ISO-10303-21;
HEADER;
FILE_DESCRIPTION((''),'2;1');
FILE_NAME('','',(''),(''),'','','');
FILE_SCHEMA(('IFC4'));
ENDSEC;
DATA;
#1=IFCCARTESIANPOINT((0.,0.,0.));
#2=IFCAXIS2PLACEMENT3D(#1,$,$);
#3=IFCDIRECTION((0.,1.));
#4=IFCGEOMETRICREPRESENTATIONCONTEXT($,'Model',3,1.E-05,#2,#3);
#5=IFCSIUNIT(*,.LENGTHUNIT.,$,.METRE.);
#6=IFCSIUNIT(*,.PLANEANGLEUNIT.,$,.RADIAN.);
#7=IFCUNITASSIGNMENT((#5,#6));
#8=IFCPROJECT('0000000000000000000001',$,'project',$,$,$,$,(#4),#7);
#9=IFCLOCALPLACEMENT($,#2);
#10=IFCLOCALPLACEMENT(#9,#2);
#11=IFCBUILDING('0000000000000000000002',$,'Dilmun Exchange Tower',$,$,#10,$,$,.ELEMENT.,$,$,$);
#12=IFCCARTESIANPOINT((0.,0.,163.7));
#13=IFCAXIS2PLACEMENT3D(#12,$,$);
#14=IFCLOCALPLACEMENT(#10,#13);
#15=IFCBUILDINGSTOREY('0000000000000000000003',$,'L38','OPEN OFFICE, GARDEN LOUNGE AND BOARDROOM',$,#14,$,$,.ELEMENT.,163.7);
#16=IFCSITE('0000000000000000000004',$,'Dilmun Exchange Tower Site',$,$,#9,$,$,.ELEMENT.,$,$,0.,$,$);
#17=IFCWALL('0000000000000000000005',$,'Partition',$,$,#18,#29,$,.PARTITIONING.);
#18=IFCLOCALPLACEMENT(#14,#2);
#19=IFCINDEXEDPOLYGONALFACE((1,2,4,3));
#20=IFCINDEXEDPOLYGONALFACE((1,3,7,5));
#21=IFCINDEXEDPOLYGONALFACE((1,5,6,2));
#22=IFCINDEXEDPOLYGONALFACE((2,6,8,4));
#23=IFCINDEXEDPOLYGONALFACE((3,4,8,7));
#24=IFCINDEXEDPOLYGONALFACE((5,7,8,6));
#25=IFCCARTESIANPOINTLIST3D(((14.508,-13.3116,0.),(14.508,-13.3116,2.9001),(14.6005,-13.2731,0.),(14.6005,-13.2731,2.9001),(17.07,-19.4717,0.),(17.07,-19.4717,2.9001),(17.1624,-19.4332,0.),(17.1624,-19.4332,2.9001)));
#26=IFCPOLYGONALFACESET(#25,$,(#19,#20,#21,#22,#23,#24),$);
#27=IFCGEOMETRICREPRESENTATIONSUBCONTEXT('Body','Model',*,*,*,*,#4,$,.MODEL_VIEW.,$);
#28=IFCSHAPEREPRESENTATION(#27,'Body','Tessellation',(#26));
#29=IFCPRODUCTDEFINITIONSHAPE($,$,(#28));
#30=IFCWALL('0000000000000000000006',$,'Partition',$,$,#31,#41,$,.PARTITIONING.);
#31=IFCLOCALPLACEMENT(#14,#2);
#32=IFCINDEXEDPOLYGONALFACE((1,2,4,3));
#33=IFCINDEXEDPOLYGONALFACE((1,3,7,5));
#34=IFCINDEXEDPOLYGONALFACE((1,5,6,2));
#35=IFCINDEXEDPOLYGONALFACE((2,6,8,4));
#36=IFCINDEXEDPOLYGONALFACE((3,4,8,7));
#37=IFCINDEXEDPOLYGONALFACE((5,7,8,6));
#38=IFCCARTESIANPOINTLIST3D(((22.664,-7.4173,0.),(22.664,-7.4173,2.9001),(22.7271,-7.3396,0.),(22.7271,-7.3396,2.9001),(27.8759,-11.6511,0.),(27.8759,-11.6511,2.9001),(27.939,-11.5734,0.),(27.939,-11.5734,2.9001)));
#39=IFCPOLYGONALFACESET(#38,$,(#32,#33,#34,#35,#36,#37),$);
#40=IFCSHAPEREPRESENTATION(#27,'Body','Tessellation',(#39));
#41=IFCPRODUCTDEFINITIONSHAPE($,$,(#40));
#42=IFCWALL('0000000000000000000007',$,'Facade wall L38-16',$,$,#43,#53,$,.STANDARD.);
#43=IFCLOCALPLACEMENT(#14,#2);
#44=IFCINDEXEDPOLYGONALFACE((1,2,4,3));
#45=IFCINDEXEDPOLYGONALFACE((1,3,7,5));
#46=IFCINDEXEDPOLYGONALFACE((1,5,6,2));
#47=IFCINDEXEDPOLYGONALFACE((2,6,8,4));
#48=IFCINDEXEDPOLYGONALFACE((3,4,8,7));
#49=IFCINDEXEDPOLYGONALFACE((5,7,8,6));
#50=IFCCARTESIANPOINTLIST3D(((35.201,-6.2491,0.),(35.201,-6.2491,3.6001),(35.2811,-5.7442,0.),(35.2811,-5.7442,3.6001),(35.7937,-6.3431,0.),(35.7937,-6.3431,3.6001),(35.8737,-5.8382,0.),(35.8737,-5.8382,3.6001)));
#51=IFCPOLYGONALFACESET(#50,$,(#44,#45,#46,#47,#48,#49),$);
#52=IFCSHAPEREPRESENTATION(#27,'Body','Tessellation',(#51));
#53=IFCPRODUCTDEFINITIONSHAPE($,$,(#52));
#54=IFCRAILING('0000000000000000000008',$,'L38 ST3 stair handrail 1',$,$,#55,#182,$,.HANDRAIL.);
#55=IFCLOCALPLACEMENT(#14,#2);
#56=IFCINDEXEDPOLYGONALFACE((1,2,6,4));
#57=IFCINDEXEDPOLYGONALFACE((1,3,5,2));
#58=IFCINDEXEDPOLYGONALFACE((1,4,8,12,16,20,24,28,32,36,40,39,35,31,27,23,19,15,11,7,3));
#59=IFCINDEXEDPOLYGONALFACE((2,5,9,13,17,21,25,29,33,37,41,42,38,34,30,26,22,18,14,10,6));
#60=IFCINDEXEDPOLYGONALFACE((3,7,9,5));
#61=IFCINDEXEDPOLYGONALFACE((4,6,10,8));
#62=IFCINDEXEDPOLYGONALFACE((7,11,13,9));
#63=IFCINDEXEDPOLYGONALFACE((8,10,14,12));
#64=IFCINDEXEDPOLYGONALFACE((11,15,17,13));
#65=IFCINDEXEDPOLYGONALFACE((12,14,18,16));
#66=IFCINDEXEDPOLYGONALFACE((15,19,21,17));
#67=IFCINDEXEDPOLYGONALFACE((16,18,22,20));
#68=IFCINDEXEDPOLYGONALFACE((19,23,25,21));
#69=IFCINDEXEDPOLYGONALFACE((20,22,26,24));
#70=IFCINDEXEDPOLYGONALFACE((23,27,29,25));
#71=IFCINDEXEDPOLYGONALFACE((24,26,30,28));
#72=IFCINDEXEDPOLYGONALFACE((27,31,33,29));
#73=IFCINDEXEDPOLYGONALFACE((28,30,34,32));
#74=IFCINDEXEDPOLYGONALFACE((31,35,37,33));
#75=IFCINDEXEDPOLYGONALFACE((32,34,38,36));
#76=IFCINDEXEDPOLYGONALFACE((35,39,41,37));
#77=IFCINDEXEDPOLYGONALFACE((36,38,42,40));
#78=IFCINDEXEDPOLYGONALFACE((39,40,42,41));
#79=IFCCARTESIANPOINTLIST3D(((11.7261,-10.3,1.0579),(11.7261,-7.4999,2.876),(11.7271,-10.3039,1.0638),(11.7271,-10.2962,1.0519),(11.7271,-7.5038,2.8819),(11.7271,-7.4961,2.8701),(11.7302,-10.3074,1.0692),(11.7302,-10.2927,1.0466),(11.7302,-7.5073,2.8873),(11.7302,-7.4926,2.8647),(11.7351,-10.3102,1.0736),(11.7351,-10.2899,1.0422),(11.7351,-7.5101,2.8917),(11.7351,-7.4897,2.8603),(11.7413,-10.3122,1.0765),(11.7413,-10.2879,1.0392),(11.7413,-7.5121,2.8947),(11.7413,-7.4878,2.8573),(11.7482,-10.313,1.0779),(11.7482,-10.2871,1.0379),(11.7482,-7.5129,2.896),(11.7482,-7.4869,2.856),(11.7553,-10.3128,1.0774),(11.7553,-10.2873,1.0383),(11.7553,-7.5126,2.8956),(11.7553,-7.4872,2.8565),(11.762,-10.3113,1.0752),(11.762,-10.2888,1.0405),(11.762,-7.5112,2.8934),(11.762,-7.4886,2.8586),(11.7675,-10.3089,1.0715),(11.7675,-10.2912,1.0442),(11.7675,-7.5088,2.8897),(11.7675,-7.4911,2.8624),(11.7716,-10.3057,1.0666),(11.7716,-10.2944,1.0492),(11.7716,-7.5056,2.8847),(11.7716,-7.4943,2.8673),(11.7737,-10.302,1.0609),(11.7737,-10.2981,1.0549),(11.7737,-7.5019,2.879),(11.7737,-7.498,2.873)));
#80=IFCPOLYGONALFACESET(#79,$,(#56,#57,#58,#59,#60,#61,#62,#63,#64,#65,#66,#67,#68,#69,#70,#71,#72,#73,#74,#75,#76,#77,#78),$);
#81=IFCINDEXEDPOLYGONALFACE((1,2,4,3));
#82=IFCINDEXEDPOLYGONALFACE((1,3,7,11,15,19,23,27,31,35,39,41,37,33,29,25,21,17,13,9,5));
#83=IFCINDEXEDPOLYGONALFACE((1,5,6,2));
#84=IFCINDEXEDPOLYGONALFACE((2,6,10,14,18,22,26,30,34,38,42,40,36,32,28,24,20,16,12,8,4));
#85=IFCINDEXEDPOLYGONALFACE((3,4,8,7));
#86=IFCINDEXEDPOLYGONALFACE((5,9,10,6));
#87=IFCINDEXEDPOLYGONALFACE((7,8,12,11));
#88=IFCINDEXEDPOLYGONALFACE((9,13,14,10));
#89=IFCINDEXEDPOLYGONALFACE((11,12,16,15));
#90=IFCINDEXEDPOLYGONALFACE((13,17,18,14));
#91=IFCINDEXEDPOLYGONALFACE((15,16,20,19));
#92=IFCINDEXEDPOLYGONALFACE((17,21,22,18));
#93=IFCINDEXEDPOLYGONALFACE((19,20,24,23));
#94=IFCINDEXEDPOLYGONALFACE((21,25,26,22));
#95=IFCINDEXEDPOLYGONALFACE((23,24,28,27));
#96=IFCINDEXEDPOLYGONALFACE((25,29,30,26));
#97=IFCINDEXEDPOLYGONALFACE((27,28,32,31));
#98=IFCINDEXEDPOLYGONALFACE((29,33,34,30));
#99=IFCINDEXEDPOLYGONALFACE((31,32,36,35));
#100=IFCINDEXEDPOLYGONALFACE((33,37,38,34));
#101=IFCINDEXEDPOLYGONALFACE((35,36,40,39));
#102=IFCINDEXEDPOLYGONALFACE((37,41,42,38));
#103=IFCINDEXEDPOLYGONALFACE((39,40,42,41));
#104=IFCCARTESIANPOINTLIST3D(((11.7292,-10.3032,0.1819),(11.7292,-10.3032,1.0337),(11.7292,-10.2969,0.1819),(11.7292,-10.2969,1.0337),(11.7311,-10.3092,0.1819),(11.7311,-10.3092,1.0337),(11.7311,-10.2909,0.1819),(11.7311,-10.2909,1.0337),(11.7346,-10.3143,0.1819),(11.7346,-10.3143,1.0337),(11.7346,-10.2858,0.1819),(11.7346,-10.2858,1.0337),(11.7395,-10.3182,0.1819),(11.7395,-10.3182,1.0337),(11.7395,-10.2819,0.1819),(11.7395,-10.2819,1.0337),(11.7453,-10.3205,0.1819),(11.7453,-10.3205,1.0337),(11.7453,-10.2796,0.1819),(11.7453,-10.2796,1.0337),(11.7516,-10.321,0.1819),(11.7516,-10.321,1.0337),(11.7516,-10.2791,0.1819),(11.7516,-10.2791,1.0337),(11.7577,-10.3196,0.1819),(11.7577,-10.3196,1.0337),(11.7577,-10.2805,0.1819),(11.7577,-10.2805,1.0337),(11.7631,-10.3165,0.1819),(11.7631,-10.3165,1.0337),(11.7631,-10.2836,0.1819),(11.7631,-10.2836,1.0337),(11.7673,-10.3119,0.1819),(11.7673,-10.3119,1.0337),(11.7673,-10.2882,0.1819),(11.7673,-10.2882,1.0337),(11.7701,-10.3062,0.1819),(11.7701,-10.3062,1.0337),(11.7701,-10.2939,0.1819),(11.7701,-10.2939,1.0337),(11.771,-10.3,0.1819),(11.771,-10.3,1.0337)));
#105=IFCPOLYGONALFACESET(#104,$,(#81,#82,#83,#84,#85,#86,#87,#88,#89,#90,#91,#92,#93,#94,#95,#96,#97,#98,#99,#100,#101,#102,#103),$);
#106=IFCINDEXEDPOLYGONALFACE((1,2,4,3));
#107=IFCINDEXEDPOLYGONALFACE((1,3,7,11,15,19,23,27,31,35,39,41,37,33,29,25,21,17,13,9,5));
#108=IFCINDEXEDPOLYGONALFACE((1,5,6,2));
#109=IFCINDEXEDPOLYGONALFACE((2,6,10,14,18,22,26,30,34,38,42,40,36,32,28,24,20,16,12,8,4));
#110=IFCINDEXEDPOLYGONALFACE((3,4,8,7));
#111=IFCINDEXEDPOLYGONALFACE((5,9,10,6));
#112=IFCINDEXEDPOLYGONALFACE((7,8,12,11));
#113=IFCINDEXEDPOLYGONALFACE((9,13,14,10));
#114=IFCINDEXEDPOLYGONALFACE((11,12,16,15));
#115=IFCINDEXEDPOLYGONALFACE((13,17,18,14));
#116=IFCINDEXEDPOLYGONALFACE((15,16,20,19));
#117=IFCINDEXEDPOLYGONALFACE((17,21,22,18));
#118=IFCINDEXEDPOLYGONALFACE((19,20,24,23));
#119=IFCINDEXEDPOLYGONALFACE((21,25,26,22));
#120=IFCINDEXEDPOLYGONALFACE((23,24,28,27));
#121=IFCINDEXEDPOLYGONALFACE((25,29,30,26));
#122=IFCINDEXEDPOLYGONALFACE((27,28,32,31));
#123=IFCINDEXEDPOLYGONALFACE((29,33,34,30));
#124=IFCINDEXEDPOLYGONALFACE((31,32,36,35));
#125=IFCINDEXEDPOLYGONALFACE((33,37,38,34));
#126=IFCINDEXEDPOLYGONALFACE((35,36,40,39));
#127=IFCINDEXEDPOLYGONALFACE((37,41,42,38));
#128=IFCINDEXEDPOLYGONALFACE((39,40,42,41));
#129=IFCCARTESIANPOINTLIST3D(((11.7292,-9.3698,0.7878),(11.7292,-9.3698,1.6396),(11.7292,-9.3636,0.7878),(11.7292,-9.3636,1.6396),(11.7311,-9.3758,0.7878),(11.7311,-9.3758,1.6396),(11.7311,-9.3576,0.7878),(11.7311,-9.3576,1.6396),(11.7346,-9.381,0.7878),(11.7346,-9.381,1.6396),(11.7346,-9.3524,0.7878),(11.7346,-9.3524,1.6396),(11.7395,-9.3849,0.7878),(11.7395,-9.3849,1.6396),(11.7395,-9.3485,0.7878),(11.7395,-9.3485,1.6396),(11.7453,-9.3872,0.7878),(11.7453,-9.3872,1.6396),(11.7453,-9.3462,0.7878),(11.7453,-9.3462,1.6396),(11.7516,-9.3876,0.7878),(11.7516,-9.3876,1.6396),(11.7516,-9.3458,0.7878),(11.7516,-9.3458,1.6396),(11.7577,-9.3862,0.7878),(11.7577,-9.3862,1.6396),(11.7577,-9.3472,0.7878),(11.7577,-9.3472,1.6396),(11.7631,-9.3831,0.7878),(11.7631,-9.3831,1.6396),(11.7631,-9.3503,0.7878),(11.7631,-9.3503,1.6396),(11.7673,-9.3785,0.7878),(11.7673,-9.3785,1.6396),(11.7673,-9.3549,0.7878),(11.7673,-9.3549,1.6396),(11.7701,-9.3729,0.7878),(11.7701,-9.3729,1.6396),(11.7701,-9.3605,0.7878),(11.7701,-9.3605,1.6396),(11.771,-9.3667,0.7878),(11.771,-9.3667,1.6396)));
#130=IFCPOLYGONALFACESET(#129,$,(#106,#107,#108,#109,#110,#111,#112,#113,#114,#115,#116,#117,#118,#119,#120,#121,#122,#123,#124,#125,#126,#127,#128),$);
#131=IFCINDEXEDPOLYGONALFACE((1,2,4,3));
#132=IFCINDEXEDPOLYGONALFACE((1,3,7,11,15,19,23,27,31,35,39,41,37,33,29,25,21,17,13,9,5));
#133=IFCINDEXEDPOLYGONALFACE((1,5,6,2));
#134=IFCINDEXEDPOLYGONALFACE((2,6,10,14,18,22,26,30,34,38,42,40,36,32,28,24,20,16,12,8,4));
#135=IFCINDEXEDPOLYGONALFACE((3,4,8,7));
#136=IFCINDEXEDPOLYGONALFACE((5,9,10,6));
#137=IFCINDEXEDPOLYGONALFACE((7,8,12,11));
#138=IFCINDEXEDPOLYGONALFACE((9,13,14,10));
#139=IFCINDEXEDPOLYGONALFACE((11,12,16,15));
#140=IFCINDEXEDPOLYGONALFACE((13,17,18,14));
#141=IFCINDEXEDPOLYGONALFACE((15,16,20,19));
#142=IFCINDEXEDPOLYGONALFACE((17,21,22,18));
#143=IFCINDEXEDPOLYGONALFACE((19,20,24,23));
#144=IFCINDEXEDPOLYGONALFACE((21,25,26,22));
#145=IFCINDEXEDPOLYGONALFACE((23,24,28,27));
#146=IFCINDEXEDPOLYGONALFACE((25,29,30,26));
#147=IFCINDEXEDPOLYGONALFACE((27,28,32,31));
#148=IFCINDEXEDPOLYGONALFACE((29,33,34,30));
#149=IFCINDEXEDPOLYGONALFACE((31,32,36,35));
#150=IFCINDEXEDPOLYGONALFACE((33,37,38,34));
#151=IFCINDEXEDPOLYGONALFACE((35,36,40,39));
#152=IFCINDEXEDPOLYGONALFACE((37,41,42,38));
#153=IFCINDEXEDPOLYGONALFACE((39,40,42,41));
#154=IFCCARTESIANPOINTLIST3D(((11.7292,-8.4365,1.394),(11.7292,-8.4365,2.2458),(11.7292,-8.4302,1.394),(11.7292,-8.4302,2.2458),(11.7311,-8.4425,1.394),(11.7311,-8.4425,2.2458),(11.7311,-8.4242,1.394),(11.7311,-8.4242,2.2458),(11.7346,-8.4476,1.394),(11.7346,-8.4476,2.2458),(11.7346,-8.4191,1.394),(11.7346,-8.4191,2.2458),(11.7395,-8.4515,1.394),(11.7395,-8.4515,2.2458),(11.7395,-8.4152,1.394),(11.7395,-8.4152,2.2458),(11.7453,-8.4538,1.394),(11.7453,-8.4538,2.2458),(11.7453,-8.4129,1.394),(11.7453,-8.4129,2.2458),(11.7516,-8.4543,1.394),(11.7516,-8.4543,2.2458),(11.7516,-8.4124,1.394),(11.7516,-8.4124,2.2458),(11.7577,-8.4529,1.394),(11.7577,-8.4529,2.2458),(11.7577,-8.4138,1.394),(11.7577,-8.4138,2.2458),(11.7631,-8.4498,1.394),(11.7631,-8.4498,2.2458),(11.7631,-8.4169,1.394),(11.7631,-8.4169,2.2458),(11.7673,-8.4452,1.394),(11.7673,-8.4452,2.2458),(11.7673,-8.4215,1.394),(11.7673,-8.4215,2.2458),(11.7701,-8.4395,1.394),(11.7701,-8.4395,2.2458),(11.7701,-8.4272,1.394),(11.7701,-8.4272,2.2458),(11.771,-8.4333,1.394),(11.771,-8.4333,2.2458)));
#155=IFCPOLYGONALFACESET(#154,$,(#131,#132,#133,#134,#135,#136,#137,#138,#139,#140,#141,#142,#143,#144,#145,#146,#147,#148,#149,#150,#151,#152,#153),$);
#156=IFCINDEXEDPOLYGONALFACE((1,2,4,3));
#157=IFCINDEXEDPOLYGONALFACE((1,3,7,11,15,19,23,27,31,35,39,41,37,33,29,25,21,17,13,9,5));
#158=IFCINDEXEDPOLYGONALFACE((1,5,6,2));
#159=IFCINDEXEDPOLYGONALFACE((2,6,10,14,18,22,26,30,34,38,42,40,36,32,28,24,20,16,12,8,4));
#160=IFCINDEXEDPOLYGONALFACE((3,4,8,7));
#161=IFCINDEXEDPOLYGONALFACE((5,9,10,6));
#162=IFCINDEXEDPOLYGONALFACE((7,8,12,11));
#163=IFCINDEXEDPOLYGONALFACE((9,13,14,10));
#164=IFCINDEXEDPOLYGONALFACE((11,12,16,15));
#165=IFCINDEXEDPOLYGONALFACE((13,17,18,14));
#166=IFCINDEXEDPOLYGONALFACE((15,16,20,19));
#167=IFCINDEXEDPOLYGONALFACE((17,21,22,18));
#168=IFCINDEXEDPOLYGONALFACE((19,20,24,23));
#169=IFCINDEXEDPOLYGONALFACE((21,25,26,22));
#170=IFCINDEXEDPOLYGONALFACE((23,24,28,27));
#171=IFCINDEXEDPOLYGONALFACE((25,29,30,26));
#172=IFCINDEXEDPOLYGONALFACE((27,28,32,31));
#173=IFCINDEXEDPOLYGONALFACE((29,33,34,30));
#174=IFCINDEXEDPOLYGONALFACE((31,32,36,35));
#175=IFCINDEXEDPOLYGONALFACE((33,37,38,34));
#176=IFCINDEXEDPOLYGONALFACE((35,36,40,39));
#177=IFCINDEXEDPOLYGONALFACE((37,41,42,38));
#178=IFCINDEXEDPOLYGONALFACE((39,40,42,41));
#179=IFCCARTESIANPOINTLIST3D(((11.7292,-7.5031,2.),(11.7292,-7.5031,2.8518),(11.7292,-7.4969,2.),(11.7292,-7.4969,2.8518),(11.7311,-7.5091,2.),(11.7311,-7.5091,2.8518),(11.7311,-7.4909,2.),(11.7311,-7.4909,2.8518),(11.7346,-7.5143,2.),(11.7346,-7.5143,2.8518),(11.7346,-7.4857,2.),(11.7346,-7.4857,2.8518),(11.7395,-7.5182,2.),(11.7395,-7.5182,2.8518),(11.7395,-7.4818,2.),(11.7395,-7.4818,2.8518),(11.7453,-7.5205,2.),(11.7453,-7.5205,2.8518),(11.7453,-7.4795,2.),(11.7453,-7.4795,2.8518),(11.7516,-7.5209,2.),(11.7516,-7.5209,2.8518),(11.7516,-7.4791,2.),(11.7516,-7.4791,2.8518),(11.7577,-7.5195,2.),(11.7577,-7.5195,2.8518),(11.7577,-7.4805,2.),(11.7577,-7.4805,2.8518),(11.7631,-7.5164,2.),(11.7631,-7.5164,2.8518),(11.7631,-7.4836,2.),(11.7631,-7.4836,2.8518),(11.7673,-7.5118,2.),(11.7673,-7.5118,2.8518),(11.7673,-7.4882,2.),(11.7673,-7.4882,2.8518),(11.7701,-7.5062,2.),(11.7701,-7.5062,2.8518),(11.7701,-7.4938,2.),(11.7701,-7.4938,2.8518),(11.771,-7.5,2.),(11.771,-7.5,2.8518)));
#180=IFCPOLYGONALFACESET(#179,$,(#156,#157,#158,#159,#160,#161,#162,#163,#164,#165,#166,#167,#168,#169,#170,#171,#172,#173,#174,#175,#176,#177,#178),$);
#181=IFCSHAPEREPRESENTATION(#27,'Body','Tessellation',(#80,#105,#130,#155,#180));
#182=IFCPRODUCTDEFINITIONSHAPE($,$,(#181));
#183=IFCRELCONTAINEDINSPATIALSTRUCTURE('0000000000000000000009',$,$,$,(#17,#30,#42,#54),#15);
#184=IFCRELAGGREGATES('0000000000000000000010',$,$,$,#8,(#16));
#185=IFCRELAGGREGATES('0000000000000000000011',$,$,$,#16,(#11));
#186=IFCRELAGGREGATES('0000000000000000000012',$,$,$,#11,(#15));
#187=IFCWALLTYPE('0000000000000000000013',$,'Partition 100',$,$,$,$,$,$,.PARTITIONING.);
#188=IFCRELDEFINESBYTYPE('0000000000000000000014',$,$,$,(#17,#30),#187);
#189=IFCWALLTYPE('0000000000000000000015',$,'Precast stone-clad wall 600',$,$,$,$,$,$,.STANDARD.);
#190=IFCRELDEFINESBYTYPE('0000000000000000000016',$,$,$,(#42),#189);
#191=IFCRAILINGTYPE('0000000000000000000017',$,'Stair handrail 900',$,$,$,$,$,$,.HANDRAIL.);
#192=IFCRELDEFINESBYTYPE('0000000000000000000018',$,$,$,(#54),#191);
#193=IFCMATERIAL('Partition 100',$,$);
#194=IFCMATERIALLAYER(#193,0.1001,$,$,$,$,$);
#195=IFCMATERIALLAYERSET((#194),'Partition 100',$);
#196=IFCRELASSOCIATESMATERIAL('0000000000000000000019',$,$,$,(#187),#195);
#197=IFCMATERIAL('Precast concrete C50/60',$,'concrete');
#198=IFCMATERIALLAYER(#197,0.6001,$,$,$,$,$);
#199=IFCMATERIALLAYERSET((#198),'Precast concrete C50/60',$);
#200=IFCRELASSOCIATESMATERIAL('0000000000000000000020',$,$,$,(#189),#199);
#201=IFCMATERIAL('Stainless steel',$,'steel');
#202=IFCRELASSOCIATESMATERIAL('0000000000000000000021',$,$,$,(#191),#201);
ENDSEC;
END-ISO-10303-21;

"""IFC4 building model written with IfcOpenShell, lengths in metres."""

from ifc_helpers import new_model, si_unit, direction, frame, frame_2d, origin, origin_2d, place, context, subcontext, project, spatial, rectangle, circle, extrude, material, layer, layer_set, type_object, element, save


model = new_model("IFC4")

# Units and contexts
model_context = context("Model", 3, precision=1e-05, world=origin(), true_north=direction((0.0, 1.0)))
body_context = subcontext(model_context, "Body", "Model", "MODEL_VIEW")
ifc_project = project(units=[si_unit("LENGTHUNIT", "METRE"), si_unit("PLANEANGLEUNIT", "RADIAN")], contexts=[model_context])

# Site, building, storey
site_placement = place(None, origin())
site = spatial("IfcSite", under=ifc_project, at=site_placement, Name="Dilmun Exchange Tower Site", CompositionType="ELEMENT", RefElevation=0.0)
building_placement = place(site_placement, origin())
building = spatial("IfcBuilding", under=site, at=building_placement, Name="Dilmun Exchange Tower", CompositionType="ELEMENT")
storey_placement = place(building_placement, frame((0.0, 0.0, 163.7)))
storey = spatial("IfcBuildingStorey", under=building, at=storey_placement, Name="L38", Description="OPEN OFFICE, GARDEN LOUNGE AND BOARDROOM", CompositionType="ELEMENT", Elevation=163.7)

# Walls
ifc_material_1 = material(Name="Partition 100")
ifc_layer_1 = layer(ifc_material_1, 0.1001)
ifc_layer_set_1 = layer_set([ifc_layer_1], Name="Partition 100")
wall_type_1 = type_object("IfcWallType", Name="Partition 100", PredefinedType="PARTITIONING", material=ifc_layer_set_1)
wall_1_placement = place(storey_placement, frame((14.5542, -13.2922, 0.0), z_axis=(0.0, 0.0, 1.0), x_axis=(0.384012, -0.923328, 0.0)))
element("IfcWall", 1, at=wall_1_placement, inside=storey, type_object=wall_type_1, Name="Partition", PredefinedType="PARTITIONING", context=body_context, shape_type="SweptSolid", body=[
    extrude(rectangle(XDim=6.6716, YDim=0.1001, at=frame_2d((3.3359, 0.0))), origin(), (0.0, 0.0, 1.0), 2.9001),
])
wall_2_placement = place(storey_placement, frame((22.6956, -7.3784, 0.0), z_axis=(0.0, 0.0, 1.0), x_axis=(0.776172, -0.630521, 0.0)))
element("IfcWall", 2, at=wall_2_placement, inside=storey, type_object=wall_type_1, Name="Partition", PredefinedType="PARTITIONING", context=body_context, shape_type="SweptSolid", body=[
    extrude(rectangle(XDim=6.7148, YDim=0.1001, at=frame_2d((3.3574, 0.0))), origin(), (0.0, 0.0, 1.0), 2.9001),
])
ifc_material_2 = material(Name="Precast concrete C50/60", Category="concrete")
ifc_layer_2 = layer(ifc_material_2, 0.6001)
ifc_layer_set_2 = layer_set([ifc_layer_2], Name="Precast concrete C50/60")
wall_type_2 = type_object("IfcWallType", Name="Precast stone-clad wall 600", PredefinedType="STANDARD", material=ifc_layer_set_2)
wall_3_placement = place(storey_placement, frame((35.4973, -6.2961, 0.0), z_axis=(0.0, 0.0, 1.0), x_axis=(0.156649, 0.987654, 0.0)))
element("IfcWall", 3, at=wall_3_placement, inside=storey, type_object=wall_type_2, Name="Facade wall L38-16", PredefinedType="STANDARD", context=body_context, shape_type="SweptSolid", body=[
    extrude(rectangle(XDim=0.5112, YDim=0.6001, at=frame_2d((0.2556, 0.0))), origin(), (0.0, 0.0, 1.0), 3.6001),
])

# Railing
ifc_material_3 = material(Name="Stainless steel", Category="steel")
railing_type = type_object("IfcRailingType", Name="Stair handrail 900", PredefinedType="HANDRAIL", material=ifc_material_3)
railing_placement = place(storey_placement, frame((11.75, -10.3, 0.1819)))
element("IfcRailing", 4, at=railing_placement, inside=storey, type_object=railing_type, Name="L38 ST3 stair handrail 1", PredefinedType="HANDRAIL", context=body_context, shape_type="SweptSolid", body=[
    extrude(circle(Radius=0.0239, at=origin_2d()), frame((0.0, 0.0, 0.876), z_axis=(0.0, 0.838706, 0.544585), x_axis=(-1.0, 0.0, 0.0)), (0.0, 0.0, 1.0), 3.3386),
    extrude(circle(Radius=0.021, at=origin_2d()), origin(), (0.0, 0.0, 1.0), 0.8518),
    extrude(circle(Radius=0.021, at=origin_2d()), frame((0.0, 0.9333, 0.606)), (0.0, 0.0, 1.0), 0.8518),
    extrude(circle(Radius=0.021, at=origin_2d()), frame((0.0, 1.8667, 1.2122)), (0.0, 0.0, 1.0), 0.8518),
    extrude(circle(Radius=0.021, at=origin_2d()), frame((0.0, 2.8, 1.8181)), (0.0, 0.0, 1.0), 0.8518),
])

save(model, "model.ifc")
